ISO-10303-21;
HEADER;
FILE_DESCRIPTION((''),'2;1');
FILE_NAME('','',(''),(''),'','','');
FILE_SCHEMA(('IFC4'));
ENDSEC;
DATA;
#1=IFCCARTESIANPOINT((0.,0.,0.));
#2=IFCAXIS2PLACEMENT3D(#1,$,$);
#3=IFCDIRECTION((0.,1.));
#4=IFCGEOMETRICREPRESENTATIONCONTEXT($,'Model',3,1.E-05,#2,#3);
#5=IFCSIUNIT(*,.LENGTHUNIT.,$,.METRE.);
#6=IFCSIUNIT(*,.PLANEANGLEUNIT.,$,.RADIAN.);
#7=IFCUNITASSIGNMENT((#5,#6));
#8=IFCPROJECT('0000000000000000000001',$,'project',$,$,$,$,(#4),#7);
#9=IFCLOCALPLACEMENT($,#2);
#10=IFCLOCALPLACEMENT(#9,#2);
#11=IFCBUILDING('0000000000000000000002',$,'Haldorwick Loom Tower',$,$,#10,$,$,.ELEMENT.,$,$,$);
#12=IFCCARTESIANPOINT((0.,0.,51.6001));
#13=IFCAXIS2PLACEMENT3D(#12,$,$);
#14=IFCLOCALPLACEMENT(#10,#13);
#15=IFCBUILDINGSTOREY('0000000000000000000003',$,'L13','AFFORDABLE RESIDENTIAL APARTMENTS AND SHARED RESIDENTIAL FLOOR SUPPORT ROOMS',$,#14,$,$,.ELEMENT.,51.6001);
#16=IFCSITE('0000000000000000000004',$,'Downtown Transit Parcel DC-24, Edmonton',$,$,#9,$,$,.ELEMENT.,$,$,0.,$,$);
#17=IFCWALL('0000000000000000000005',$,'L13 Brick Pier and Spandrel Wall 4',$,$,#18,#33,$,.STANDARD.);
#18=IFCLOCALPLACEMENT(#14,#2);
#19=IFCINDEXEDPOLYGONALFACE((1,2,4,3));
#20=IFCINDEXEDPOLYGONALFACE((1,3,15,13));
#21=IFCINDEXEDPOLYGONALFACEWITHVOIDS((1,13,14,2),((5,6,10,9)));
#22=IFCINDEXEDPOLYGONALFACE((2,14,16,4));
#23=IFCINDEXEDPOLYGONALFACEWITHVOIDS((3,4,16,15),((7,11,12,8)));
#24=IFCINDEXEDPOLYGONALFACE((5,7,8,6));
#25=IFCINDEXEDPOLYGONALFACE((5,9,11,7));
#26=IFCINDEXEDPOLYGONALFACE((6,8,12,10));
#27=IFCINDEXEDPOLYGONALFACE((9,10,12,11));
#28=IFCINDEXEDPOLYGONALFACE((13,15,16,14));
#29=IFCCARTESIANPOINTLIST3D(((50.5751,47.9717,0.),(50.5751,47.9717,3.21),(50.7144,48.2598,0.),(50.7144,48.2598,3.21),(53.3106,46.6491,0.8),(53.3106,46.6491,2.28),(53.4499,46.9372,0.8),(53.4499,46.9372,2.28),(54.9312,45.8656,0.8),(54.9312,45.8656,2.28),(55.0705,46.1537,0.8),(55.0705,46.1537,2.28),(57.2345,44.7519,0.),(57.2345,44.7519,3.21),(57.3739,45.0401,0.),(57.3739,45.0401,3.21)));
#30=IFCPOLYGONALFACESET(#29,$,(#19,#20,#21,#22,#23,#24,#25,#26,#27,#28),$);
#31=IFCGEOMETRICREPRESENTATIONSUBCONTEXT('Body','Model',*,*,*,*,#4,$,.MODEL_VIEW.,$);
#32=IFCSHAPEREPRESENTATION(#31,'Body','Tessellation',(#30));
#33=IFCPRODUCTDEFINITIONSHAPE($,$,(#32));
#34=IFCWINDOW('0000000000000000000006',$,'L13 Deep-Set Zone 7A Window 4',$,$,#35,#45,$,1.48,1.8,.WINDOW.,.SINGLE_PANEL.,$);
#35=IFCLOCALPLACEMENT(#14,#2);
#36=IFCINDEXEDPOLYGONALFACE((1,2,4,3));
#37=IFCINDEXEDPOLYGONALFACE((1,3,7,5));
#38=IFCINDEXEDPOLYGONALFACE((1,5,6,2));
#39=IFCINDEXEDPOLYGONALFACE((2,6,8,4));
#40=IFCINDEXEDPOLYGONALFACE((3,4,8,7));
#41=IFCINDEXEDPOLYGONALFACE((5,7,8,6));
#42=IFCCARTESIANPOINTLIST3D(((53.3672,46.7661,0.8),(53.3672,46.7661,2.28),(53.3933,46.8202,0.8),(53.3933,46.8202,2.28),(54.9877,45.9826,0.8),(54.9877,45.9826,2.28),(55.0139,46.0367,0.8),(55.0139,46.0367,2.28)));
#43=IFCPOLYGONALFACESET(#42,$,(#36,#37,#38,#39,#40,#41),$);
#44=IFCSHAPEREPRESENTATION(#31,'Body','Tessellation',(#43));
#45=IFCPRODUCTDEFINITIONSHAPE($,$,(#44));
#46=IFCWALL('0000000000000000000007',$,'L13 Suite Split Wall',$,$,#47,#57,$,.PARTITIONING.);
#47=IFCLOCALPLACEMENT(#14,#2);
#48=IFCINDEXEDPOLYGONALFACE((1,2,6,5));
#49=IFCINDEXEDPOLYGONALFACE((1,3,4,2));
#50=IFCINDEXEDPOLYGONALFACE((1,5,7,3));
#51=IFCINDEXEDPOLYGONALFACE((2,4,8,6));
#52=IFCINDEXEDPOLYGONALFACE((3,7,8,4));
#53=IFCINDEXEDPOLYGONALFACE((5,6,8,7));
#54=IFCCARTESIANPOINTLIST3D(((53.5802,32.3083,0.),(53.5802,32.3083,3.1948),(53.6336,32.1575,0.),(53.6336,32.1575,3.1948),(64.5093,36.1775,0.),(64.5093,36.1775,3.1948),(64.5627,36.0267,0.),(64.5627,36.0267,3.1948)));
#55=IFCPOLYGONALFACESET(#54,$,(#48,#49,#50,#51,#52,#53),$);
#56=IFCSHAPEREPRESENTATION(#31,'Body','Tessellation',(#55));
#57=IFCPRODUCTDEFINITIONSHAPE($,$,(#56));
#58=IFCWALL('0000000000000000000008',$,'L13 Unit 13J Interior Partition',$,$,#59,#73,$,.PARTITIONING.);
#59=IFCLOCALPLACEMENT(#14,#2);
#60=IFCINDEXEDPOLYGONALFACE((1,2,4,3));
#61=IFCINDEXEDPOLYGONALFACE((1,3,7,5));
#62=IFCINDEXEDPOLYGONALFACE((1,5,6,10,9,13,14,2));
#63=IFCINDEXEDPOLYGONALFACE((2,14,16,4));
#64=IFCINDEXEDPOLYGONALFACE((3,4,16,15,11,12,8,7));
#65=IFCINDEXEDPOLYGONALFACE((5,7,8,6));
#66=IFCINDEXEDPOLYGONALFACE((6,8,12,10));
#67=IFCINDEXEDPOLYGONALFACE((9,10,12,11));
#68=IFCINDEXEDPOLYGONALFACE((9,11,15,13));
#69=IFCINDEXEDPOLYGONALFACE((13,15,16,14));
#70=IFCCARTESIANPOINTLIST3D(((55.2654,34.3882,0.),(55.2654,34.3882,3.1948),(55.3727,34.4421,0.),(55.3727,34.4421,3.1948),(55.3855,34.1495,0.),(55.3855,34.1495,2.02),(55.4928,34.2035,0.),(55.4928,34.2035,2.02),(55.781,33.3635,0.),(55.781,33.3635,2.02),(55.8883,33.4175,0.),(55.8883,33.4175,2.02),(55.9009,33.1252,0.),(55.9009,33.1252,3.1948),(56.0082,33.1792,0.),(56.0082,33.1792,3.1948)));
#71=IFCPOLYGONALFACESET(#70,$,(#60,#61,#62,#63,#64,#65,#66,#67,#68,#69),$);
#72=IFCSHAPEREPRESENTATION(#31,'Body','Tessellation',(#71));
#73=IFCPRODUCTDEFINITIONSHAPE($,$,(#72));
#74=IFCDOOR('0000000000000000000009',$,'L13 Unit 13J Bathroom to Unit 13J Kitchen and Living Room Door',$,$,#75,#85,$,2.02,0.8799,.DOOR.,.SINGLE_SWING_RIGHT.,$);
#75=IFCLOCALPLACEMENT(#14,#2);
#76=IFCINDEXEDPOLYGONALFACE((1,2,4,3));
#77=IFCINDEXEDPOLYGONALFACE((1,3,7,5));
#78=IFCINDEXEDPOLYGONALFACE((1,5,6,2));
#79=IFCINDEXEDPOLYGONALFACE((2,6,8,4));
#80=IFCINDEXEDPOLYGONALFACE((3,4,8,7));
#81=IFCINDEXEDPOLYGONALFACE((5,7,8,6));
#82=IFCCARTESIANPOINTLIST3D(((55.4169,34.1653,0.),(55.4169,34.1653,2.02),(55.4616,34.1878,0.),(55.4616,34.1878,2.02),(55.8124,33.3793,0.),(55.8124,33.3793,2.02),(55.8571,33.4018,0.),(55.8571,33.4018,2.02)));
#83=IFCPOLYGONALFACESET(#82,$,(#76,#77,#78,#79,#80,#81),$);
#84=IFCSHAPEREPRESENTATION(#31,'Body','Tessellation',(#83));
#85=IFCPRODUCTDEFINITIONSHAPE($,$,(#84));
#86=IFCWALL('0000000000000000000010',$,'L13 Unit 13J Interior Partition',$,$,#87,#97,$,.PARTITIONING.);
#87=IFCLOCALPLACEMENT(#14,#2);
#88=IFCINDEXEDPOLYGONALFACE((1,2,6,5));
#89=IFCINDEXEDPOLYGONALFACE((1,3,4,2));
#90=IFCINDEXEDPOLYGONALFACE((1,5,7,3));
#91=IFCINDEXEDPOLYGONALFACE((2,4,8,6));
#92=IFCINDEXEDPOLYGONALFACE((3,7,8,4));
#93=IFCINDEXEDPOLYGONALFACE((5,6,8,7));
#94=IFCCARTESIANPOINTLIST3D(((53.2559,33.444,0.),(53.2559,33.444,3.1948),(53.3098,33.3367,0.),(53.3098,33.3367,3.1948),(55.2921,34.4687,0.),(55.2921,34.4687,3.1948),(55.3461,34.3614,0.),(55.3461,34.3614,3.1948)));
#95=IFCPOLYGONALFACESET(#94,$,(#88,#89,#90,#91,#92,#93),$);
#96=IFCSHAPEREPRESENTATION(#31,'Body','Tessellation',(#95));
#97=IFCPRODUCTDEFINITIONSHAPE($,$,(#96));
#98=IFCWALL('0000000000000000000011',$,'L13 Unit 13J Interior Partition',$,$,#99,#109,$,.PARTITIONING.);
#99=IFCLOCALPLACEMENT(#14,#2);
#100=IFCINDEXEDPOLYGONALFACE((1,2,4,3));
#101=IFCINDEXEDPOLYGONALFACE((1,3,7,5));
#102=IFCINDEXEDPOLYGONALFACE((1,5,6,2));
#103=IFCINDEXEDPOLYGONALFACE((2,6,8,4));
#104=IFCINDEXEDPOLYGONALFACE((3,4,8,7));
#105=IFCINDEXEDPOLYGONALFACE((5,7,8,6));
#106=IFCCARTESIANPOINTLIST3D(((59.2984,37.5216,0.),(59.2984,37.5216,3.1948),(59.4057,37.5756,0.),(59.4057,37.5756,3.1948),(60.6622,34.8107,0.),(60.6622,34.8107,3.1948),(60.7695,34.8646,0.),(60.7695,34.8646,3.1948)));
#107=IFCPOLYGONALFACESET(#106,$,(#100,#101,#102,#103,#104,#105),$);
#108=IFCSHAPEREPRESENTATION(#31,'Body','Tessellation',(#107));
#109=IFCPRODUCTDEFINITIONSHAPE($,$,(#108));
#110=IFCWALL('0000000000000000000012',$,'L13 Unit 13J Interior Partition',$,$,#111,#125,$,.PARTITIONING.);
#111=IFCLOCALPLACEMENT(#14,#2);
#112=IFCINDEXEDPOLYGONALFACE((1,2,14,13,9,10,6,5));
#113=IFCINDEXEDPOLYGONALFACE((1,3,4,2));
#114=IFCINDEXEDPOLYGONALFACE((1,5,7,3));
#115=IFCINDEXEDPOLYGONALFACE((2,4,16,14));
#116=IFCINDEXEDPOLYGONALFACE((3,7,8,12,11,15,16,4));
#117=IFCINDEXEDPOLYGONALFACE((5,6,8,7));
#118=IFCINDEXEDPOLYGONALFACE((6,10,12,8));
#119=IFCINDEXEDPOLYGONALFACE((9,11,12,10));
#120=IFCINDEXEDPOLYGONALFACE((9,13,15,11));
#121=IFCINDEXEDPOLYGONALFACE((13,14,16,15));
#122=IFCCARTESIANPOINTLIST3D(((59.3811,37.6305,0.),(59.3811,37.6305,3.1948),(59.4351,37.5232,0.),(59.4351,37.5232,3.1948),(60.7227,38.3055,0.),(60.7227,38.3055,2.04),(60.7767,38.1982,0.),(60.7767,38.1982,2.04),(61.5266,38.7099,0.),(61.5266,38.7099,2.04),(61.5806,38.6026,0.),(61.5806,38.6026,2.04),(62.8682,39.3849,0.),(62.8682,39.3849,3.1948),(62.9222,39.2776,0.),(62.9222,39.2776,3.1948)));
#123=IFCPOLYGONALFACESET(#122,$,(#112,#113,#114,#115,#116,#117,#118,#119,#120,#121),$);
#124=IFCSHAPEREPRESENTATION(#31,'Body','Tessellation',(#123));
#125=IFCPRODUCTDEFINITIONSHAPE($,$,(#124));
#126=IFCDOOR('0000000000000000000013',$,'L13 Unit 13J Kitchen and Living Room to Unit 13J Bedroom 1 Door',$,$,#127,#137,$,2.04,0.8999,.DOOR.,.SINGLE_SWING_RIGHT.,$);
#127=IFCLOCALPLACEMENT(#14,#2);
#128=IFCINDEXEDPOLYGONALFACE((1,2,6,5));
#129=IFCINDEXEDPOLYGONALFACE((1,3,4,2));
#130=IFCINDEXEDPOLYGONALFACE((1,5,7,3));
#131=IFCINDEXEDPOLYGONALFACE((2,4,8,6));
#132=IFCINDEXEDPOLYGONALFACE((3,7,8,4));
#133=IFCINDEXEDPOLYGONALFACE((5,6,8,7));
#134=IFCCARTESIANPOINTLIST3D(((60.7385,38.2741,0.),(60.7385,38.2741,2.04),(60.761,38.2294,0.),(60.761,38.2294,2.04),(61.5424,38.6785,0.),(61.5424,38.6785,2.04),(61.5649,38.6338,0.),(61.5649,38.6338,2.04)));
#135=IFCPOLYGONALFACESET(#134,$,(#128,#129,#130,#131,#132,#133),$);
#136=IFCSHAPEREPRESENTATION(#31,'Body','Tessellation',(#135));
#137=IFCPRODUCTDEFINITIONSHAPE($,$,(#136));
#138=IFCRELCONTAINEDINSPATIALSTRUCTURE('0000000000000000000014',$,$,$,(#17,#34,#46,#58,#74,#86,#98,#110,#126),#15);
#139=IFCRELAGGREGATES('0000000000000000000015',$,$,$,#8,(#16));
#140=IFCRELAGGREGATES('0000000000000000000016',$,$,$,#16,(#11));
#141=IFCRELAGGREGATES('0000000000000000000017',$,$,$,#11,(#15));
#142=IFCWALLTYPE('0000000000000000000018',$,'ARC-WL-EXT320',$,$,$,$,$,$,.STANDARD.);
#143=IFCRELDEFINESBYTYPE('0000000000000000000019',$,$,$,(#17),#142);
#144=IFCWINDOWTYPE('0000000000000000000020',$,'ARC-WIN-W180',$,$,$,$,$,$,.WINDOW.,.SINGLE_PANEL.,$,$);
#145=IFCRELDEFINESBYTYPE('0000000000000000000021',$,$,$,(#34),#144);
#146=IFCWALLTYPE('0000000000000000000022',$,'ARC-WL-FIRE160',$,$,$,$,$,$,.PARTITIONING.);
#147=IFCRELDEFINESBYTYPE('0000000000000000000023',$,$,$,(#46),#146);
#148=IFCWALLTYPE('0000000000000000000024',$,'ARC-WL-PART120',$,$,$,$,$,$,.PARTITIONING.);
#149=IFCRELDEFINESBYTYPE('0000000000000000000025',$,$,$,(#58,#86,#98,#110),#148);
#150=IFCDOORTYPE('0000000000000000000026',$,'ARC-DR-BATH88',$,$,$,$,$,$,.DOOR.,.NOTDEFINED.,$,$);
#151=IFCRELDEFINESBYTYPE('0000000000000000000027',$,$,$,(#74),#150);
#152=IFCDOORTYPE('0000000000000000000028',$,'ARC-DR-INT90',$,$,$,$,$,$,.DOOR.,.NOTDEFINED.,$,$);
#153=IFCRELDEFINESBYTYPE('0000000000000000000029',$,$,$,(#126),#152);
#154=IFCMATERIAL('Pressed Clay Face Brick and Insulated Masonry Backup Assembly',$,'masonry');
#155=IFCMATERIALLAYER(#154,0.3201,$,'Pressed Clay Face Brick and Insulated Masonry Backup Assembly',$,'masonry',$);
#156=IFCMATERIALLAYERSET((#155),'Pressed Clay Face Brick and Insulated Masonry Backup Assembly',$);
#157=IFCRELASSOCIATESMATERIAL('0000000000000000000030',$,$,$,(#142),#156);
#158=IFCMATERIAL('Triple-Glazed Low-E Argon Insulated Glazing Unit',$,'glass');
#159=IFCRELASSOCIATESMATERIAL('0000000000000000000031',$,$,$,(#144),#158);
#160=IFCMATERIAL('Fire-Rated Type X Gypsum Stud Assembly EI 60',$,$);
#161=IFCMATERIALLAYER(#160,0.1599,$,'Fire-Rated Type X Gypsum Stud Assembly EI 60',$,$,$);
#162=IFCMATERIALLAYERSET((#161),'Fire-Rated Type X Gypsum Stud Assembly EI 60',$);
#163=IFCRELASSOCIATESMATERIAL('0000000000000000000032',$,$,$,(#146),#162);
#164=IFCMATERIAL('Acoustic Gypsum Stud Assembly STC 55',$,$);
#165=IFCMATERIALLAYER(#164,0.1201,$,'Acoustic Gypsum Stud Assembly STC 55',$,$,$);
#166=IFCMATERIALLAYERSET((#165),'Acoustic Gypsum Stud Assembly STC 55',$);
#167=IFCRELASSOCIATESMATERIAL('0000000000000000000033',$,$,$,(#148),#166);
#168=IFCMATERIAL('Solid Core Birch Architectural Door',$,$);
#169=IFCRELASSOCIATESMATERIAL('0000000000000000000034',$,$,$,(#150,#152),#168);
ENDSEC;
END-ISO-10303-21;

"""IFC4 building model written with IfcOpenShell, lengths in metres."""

from ifc_helpers import new_model, si_unit, direction, frame, frame_2d, origin, place, context, subcontext, project, spatial, rectangle, extrude, material, layer, layer_set, type_object, element, fill, save


model = new_model("IFC4")

# Units and contexts
model_context = context("Model", 3, precision=1e-05, world=origin(), true_north=direction((0.0, 1.0)))
body_context = subcontext(model_context, "Body", "Model", "MODEL_VIEW")
ifc_project = project(units=[si_unit("LENGTHUNIT", "METRE"), si_unit("PLANEANGLEUNIT", "RADIAN")], contexts=[model_context])

# Site, building, storey
site_placement = place(None, origin())
site = spatial("IfcSite", under=ifc_project, at=site_placement, Name="Downtown Transit Parcel DC-24, Edmonton", CompositionType="ELEMENT", RefElevation=0.0)
building_placement = place(site_placement, origin())
building = spatial("IfcBuilding", under=site, at=building_placement, Name="Haldorwick Loom Tower", CompositionType="ELEMENT")
storey_placement = place(building_placement, frame((0.0, 0.0, 51.6001)))
storey = spatial("IfcBuildingStorey", under=building, at=storey_placement, Name="L13", Description="AFFORDABLE RESIDENTIAL APARTMENTS AND SHARED RESIDENTIAL FLOOR SUPPORT ROOMS", CompositionType="ELEMENT", Elevation=51.6001)

# Shared definitions
ifc_material_1 = material(Name="Pressed Clay Face Brick and Insulated Masonry Backup Assembly", Category="masonry")
ifc_layer_1 = layer(ifc_material_1, 0.3201, Name="Pressed Clay Face Brick and Insulated Masonry Backup Assembly", Category="masonry")
ifc_layer_set_1 = layer_set([ifc_layer_1], Name="Pressed Clay Face Brick and Insulated Masonry Backup Assembly")
wall_type_1 = type_object("IfcWallType", Name="ARC-WL-EXT320", PredefinedType="STANDARD", material=ifc_layer_set_1)

# Wall, opening, window
ifc_material_2 = material(Name="Triple-Glazed Low-E Argon Insulated Glazing Unit", Category="glass")
window_type = type_object("IfcWindowType", Name="ARC-WIN-W180", PartitioningType="SINGLE_PANEL", PredefinedType="WINDOW", material=ifc_material_2)
wall_1_placement = place(storey_placement, frame((57.3042, 44.896, 0.0), z_axis=(0.0, 0.0, 1.0), x_axis=(-0.900296, 0.435279, 0.0)))
wall_1 = element("IfcWall", 1, at=wall_1_placement, inside=storey, type_object=wall_type_1, Name="L13 Brick Pier and Spandrel Wall 4", PredefinedType="STANDARD", context=body_context, shape_type="SweptSolid", body=[
    extrude(rectangle(XDim=7.397, YDim=0.3201, at=frame_2d((3.6985, 0.0))), origin(), (0.0, 0.0, 1.0), 3.21),
])
opening_1_placement = place(wall_1_placement, frame((2.5586, 0.0, 0.8)))
opening_1 = element("IfcOpeningElement", 2, at=opening_1_placement, cuts=wall_1, PredefinedType="OPENING", context=body_context, shape_type="SweptSolid", body=[
    extrude(rectangle(XDim=1.8, YDim=1.48, at=frame_2d((0.8999, 0.74))), frame((0.0, 0.1699, 0.0), z_axis=(0.0, -1.0, 0.0), x_axis=(1.0, 0.0, 0.0)), (0.0, 0.0, 1.0), 0.3401),
])
window_1_placement = place(opening_1_placement, origin())
window_1 = element("IfcWindow", 3, at=window_1_placement, inside=storey, type_object=window_type, Name="L13 Deep-Set Zone 7A Window 4", OverallHeight=1.48, OverallWidth=1.8, PartitioningType="SINGLE_PANEL", PredefinedType="WINDOW", context=body_context, shape_type="SweptSolid", body=[
    extrude(rectangle(XDim=1.8, YDim=1.48, at=frame_2d((0.8999, 0.74))), frame((0.0, 0.03, 0.0), z_axis=(0.0, -1.0, 0.0), x_axis=(1.0, 0.0, 0.0)), (0.0, 0.0, 1.0), 0.0601),
])
fill(opening_1, window_1)

# Wall
ifc_material_3 = material(Name="Fire-Rated Type X Gypsum Stud Assembly EI 60")
ifc_layer_2 = layer(ifc_material_3, 0.1599, Name="Fire-Rated Type X Gypsum Stud Assembly EI 60")
ifc_layer_set_2 = layer_set([ifc_layer_2], Name="Fire-Rated Type X Gypsum Stud Assembly EI 60")
wall_type_2 = type_object("IfcWallType", Name="ARC-WL-FIRE160", PredefinedType="PARTITIONING", material=ifc_layer_set_2)
wall_2_placement = place(storey_placement, frame((53.6069, 32.2329, 0.0), z_axis=(0.0, 0.0, 1.0), x_axis=(0.942669, 0.33373, 0.0)))
element("IfcWall", 4, at=wall_2_placement, inside=storey, type_object=wall_type_2, Name="L13 Suite Split Wall", PredefinedType="PARTITIONING", context=body_context, shape_type="SweptSolid", body=[
    extrude(rectangle(XDim=11.5938, YDim=0.1599, at=frame_2d((5.7969, 0.0))), origin(), (0.0, 0.0, 1.0), 3.1948),
])

# Wall, opening, door
ifc_material_4 = material(Name="Acoustic Gypsum Stud Assembly STC 55")
ifc_layer_3 = layer(ifc_material_4, 0.1201, Name="Acoustic Gypsum Stud Assembly STC 55")
ifc_layer_set_3 = layer_set([ifc_layer_3], Name="Acoustic Gypsum Stud Assembly STC 55")
wall_type_3 = type_object("IfcWallType", Name="ARC-WL-PART120", PredefinedType="PARTITIONING", material=ifc_layer_set_3)
wall_3_placement = place(storey_placement, frame((55.9546, 33.1521, 0.0), z_axis=(0.0, 0.0, 1.0), x_axis=(-0.449492, 0.893285, 0.0)))
wall_3 = element("IfcWall", 5, at=wall_3_placement, inside=storey, type_object=wall_type_3, Name="L13 Unit 13J Interior Partition", PredefinedType="PARTITIONING", context=body_context, shape_type="SweptSolid", body=[
    extrude(rectangle(XDim=1.4138, YDim=0.1201, at=frame_2d((0.707, 0.0))), origin(), (0.0, 0.0, 1.0), 3.1948),
])
opening_2_placement = place(wall_3_placement, frame((0.2668, 0.0, 0.0)))
opening_2 = element("IfcOpeningElement", 6, at=opening_2_placement, cuts=wall_3, PredefinedType="OPENING", context=body_context, shape_type="SweptSolid", body=[
    extrude(rectangle(XDim=0.8799, YDim=2.02, at=frame_2d((0.4399, 1.01))), frame((0.0, 0.0701, 0.0), z_axis=(0.0, -1.0, 0.0), x_axis=(1.0, 0.0, 0.0)), (0.0, 0.0, 1.0), 0.1401),
])
ifc_material_5 = material(Name="Solid Core Birch Architectural Door")
door_type_1 = type_object("IfcDoorType", Name="ARC-DR-BATH88", OperationType="NOTDEFINED", PredefinedType="DOOR", material=ifc_material_5)
door_1_placement = place(opening_2_placement, origin())
door_1 = element("IfcDoor", 7, at=door_1_placement, inside=storey, type_object=door_type_1, Name="L13 Unit 13J Bathroom to Unit 13J Kitchen and Living Room Door", OperationType="SINGLE_SWING_RIGHT", OverallHeight=2.02, OverallWidth=0.8799, PredefinedType="DOOR", context=body_context, shape_type="SweptSolid", body=[
    extrude(rectangle(XDim=0.8799, YDim=2.02, at=frame_2d((0.4399, 1.01))), frame((0.0, 0.0249, 0.0), z_axis=(0.0, -1.0, 0.0), x_axis=(1.0, 0.0, 0.0)), (0.0, 0.0, 1.0), 0.05),
])
fill(opening_2, door_1)

# Walls
wall_4_placement = place(storey_placement, frame((53.283, 33.3904, 0.0), z_axis=(0.0, 0.0, 1.0), x_axis=(0.893267, 0.449526, 0.0)))
element("IfcWall", 8, at=wall_4_placement, inside=storey, type_object=wall_type_3, Name="L13 Unit 13J Interior Partition", PredefinedType="PARTITIONING", context=body_context, shape_type="SweptSolid", body=[
    extrude(rectangle(XDim=2.2795, YDim=0.1201, at=frame_2d((1.1396, 0.0))), origin(), (0.0, 0.0, 1.0), 3.1948),
])
wall_5_placement = place(storey_placement, frame((60.7158, 34.8376, 0.0), z_axis=(0.0, 0.0, 1.0), x_axis=(-0.449401, 0.89333, 0.0)))
element("IfcWall", 9, at=wall_5_placement, inside=storey, type_object=wall_type_3, Name="L13 Unit 13J Interior Partition", PredefinedType="PARTITIONING", context=body_context, shape_type="SweptSolid", body=[
    extrude(rectangle(XDim=3.0347, YDim=0.1201, at=frame_2d((1.5173, 0.0))), origin(), (0.0, 0.0, 1.0), 3.1948),
])

# Wall, opening, door
wall_6_placement = place(storey_placement, frame((59.4082, 37.5769, 0.0), z_axis=(0.0, 0.0, 1.0), x_axis=(0.893311, 0.449439, 0.0)))
wall_6 = element("IfcWall", 10, at=wall_6_placement, inside=storey, type_object=wall_type_3, Name="L13 Unit 13J Interior Partition", PredefinedType="PARTITIONING", context=body_context, shape_type="SweptSolid", body=[
    extrude(rectangle(XDim=3.9036, YDim=0.1201, at=frame_2d((1.9517, 0.0))), origin(), (0.0, 0.0, 1.0), 3.1948),
])
opening_3_placement = place(wall_6_placement, frame((1.5017, 0.0, 0.0)))
opening_3 = element("IfcOpeningElement", 11, at=opening_3_placement, cuts=wall_6, PredefinedType="OPENING", context=body_context, shape_type="SweptSolid", body=[
    extrude(rectangle(XDim=0.8999, YDim=2.04, at=frame_2d((0.45, 1.02))), frame((0.0, 0.0701, 0.0), z_axis=(0.0, -1.0, 0.0), x_axis=(1.0, 0.0, 0.0)), (0.0, 0.0, 1.0), 0.1401),
])
door_type_2 = type_object("IfcDoorType", Name="ARC-DR-INT90", OperationType="NOTDEFINED", PredefinedType="DOOR", material=ifc_material_5)
door_2_placement = place(opening_3_placement, origin())
door_2 = element("IfcDoor", 12, at=door_2_placement, inside=storey, type_object=door_type_2, Name="L13 Unit 13J Kitchen and Living Room to Unit 13J Bedroom 1 Door", OperationType="SINGLE_SWING_RIGHT", OverallHeight=2.04, OverallWidth=0.8999, PredefinedType="DOOR", context=body_context, shape_type="SweptSolid", body=[
    extrude(rectangle(XDim=0.8999, YDim=2.04, at=frame_2d((0.45, 1.02))), frame((0.0, 0.0249, 0.0), z_axis=(0.0, -1.0, 0.0), x_axis=(1.0, 0.0, 0.0)), (0.0, 0.0, 1.0), 0.05),
])
fill(opening_3, door_2)

save(model, "model.ifc")
